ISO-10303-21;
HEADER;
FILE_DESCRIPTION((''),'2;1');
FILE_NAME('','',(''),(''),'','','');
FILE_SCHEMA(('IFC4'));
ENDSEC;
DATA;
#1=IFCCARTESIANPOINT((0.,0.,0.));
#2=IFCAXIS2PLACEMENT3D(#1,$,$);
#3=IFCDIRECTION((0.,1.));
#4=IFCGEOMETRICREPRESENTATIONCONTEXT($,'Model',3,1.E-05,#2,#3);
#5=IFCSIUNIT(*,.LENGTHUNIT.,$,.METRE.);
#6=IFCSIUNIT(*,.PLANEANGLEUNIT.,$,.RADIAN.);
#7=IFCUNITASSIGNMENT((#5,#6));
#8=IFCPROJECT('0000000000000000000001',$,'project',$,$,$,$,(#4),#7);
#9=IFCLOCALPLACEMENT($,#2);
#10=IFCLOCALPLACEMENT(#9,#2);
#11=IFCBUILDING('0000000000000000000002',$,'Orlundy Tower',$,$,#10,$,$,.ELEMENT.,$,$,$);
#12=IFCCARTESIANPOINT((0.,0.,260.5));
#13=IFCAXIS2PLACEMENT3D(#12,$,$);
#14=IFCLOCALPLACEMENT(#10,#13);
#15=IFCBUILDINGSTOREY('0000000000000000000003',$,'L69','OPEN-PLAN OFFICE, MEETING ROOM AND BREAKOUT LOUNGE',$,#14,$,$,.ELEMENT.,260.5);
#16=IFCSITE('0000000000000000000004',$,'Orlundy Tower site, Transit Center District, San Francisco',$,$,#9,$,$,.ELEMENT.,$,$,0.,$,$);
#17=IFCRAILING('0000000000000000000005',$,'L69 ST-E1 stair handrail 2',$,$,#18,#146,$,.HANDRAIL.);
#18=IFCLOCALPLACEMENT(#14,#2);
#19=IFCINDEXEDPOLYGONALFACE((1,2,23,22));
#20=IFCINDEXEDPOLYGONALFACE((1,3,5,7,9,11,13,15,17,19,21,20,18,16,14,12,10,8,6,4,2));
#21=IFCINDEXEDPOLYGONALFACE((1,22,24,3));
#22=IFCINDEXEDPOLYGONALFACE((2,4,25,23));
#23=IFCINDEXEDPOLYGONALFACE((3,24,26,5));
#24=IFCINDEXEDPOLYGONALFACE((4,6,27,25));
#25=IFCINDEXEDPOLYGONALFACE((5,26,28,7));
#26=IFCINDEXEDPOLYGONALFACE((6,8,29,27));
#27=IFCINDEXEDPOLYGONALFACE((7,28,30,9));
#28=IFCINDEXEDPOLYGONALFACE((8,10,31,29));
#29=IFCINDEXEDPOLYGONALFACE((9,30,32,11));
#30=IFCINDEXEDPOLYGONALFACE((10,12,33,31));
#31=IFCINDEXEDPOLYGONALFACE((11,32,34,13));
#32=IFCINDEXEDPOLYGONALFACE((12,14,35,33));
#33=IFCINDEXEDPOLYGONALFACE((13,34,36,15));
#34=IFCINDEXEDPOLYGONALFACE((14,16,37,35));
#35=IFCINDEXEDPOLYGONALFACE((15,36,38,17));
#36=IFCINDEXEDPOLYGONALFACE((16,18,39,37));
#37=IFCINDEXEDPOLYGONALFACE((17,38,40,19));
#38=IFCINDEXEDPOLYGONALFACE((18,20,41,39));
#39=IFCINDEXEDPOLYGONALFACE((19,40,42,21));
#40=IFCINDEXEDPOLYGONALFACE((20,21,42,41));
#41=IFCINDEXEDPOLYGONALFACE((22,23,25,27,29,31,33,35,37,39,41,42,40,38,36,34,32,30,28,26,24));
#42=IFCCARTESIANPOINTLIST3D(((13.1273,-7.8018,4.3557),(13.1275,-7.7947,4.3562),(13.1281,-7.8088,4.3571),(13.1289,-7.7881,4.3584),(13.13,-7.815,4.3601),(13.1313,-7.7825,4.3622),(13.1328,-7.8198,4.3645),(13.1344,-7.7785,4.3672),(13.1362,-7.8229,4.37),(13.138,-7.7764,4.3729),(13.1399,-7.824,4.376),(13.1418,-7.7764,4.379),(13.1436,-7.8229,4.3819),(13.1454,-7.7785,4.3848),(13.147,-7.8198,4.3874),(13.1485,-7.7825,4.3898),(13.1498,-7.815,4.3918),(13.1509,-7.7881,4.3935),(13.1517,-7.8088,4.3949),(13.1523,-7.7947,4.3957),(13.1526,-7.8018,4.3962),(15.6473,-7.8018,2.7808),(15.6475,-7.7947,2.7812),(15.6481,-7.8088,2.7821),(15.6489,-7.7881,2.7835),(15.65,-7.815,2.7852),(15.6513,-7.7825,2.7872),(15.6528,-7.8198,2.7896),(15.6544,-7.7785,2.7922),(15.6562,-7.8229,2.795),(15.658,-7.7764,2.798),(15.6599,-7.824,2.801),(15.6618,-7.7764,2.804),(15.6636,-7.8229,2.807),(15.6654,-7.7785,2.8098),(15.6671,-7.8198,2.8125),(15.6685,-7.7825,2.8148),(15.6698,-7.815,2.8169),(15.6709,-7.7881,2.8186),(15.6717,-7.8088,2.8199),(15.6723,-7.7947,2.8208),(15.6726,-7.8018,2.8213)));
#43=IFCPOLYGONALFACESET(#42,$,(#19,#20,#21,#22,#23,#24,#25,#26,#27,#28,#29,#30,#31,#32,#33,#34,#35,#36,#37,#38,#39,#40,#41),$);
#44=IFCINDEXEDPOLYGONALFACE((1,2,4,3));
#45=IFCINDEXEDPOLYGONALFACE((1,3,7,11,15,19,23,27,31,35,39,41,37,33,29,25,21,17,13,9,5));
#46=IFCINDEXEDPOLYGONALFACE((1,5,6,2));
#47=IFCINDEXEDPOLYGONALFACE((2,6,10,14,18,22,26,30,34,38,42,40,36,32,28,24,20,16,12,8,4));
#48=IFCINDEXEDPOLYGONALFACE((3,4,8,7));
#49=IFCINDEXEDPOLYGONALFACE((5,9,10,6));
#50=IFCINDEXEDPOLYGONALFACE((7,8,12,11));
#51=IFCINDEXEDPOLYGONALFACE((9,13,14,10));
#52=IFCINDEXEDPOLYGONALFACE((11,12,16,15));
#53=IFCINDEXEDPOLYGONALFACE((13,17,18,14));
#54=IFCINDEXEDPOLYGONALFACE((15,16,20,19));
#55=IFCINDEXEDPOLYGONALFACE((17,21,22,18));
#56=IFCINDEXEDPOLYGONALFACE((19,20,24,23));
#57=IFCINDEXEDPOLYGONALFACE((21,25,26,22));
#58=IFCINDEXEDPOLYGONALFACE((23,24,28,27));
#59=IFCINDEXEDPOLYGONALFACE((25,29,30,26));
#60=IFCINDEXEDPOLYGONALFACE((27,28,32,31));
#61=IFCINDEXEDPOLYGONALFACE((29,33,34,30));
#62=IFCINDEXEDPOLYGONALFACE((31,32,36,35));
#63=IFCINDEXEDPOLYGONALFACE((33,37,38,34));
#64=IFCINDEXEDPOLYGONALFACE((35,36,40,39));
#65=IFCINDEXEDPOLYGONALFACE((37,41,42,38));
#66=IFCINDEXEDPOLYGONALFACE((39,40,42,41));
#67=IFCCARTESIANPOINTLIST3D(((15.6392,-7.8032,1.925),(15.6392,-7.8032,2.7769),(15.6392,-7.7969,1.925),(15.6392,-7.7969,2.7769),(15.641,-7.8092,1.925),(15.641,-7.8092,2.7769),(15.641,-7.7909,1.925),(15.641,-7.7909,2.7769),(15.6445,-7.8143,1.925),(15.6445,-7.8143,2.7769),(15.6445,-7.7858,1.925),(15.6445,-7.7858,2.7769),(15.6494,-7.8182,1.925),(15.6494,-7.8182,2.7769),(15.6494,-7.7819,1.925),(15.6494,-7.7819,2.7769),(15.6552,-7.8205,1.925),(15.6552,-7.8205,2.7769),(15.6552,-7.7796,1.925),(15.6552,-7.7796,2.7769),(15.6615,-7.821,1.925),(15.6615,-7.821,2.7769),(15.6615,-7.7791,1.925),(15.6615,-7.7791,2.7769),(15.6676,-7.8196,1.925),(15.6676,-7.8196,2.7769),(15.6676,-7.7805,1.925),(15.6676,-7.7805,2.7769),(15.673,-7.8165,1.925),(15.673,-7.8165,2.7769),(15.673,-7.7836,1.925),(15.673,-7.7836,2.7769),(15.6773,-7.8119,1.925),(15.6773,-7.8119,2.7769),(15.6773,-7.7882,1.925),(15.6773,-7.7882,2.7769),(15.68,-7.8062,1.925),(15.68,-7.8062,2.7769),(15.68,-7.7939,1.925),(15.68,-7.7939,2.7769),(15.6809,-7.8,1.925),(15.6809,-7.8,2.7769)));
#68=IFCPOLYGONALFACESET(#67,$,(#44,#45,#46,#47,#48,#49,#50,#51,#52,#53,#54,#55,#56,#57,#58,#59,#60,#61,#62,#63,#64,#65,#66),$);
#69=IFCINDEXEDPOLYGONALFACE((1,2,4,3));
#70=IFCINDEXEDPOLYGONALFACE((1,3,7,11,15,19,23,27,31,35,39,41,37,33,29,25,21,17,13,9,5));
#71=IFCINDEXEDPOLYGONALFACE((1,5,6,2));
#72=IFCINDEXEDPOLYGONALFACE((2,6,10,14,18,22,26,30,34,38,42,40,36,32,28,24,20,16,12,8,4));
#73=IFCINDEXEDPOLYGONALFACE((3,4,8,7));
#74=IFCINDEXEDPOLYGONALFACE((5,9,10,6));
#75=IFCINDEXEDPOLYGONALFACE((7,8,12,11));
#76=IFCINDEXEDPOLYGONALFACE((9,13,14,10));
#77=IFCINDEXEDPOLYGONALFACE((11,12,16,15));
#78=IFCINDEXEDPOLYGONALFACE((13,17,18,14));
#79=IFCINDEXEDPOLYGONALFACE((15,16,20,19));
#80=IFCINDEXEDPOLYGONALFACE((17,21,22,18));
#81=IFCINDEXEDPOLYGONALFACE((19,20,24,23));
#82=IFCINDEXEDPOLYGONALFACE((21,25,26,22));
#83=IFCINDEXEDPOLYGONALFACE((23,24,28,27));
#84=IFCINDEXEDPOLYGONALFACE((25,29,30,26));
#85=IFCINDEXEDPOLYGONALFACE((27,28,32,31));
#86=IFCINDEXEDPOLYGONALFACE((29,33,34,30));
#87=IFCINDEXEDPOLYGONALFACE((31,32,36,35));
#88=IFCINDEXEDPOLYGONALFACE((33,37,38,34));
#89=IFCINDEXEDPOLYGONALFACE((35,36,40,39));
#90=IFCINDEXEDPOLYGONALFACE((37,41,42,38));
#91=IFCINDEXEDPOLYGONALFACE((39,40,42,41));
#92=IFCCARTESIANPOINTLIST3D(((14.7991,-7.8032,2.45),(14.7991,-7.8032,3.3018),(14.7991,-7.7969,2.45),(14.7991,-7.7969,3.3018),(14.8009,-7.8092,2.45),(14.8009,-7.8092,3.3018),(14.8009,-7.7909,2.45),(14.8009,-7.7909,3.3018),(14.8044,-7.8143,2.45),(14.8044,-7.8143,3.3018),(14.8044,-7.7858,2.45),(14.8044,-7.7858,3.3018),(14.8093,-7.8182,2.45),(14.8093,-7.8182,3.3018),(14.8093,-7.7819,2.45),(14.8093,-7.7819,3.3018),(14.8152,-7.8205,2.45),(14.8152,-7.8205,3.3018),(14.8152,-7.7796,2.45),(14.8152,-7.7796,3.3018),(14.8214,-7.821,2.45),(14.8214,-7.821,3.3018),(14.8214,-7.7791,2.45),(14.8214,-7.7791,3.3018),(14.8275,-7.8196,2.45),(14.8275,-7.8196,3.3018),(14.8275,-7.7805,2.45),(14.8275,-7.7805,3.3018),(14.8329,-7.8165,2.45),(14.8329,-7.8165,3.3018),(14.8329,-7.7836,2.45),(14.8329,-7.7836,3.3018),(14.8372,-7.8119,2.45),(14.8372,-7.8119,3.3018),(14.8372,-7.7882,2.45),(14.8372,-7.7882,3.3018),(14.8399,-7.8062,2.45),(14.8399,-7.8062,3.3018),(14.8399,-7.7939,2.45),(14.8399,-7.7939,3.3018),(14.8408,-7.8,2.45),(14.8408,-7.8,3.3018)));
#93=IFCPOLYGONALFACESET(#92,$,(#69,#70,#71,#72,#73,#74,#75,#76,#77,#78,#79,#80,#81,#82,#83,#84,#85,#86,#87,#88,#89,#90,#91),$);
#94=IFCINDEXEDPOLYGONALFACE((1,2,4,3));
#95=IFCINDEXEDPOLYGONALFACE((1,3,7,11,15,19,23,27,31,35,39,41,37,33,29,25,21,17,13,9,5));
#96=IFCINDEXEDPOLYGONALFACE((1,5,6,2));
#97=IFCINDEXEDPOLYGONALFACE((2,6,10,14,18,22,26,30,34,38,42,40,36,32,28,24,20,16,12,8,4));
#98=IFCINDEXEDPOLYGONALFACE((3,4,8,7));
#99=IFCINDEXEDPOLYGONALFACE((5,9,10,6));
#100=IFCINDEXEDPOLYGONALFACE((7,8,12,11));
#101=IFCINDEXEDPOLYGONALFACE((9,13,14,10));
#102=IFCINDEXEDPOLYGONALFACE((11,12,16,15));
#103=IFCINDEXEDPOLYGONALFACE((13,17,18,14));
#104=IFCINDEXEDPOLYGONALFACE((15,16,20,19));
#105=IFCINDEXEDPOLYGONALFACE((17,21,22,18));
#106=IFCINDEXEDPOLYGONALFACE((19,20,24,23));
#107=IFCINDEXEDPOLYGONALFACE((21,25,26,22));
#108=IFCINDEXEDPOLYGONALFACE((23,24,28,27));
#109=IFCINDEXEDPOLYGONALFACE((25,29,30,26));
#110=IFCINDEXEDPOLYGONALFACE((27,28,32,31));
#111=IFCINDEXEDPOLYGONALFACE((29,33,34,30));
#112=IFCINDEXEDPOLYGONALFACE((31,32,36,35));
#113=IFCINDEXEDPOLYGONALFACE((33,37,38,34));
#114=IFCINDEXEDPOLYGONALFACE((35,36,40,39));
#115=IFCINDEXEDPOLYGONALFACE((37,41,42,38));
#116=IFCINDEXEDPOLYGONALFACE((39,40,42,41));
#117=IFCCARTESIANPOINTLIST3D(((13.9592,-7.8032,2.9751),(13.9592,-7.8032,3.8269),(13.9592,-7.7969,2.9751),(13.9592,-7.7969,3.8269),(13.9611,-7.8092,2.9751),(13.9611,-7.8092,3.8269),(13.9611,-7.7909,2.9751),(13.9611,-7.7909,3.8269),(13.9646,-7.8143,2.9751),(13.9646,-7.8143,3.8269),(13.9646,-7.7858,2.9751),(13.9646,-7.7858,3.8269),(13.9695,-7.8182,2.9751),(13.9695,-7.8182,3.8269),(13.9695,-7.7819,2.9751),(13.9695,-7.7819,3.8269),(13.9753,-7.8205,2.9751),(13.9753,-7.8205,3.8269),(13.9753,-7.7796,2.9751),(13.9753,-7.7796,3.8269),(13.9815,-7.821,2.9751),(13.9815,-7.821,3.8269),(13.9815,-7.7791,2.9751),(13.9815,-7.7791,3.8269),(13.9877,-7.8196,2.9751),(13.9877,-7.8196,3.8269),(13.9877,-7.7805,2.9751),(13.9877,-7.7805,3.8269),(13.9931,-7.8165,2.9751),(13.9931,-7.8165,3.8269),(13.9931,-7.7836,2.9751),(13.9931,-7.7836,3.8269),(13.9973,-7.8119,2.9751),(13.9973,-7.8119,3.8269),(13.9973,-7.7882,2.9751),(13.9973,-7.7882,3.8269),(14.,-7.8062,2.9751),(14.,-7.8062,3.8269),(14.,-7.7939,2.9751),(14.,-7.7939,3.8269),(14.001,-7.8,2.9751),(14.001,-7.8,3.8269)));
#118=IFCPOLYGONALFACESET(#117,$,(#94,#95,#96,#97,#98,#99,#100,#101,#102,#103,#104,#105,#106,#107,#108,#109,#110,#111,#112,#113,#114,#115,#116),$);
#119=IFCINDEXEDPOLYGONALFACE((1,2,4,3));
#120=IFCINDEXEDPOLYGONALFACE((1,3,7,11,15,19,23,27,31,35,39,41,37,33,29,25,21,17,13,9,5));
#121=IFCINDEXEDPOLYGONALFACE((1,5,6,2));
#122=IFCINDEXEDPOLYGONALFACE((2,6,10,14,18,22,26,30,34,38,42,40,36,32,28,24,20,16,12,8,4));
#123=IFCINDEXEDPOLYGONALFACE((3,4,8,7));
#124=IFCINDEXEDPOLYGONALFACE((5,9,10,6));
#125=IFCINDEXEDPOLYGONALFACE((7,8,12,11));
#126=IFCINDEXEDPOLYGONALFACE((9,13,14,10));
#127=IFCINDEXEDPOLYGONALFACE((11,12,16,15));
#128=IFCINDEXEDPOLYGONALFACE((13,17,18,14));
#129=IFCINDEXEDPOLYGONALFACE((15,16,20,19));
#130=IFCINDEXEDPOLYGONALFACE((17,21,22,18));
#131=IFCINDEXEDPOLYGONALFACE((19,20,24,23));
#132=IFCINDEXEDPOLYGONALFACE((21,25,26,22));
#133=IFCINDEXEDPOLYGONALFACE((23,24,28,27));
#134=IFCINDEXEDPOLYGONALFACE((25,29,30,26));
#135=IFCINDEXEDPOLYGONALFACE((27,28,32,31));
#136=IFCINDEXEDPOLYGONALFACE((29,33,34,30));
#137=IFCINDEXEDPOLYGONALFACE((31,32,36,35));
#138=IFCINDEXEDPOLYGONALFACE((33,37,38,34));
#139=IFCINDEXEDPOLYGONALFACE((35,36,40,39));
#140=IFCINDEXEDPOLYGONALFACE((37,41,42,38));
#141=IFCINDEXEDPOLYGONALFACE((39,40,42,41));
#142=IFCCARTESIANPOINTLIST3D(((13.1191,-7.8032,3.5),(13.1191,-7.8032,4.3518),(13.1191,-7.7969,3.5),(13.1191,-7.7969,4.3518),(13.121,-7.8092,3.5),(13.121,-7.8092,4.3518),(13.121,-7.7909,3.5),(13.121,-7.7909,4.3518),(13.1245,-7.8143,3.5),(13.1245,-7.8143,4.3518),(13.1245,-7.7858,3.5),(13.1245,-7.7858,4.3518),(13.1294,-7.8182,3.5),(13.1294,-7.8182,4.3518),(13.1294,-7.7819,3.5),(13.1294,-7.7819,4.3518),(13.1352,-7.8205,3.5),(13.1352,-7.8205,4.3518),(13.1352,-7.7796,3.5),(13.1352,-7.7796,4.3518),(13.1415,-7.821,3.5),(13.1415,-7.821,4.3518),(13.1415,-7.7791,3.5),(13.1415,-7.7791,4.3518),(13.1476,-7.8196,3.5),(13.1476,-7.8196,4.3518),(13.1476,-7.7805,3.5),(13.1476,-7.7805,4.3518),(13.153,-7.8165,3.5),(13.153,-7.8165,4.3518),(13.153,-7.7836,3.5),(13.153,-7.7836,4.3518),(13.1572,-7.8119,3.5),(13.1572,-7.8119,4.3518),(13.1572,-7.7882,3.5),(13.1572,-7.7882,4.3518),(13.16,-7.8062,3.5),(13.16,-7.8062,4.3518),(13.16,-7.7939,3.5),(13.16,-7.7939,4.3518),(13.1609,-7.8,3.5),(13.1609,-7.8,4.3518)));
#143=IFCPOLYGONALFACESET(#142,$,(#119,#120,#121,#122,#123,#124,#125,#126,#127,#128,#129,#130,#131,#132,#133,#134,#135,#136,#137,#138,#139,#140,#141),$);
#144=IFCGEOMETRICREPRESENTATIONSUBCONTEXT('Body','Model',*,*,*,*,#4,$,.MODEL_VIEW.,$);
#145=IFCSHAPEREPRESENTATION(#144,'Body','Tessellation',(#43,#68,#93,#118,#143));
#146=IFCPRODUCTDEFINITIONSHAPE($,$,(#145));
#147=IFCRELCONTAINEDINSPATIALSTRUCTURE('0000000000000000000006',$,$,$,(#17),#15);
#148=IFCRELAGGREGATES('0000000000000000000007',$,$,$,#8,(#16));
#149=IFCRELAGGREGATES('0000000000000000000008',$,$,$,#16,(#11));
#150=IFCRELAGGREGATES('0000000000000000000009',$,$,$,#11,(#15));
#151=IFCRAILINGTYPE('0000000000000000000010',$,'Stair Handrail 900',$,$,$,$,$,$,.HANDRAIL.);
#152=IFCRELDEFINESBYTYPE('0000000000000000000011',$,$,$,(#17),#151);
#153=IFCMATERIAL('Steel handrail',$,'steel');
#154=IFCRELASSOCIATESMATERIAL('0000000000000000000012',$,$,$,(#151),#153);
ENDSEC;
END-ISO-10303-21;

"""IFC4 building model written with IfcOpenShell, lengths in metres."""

from ifc_helpers import new_model, si_unit, direction, frame, origin, origin_2d, place, context, subcontext, project, spatial, circle, extrude, material, type_object, element, save


model = new_model("IFC4")

# Units and contexts
model_context = context("Model", 3, precision=1e-05, world=origin(), true_north=direction((0.0, 1.0)))
body_context = subcontext(model_context, "Body", "Model", "MODEL_VIEW")
ifc_project = project(units=[si_unit("LENGTHUNIT", "METRE"), si_unit("PLANEANGLEUNIT", "RADIAN")], contexts=[model_context])

# Site, building, storey
site_placement = place(None, origin())
site = spatial("IfcSite", under=ifc_project, at=site_placement, Name="Orlundy Tower site, Transit Center District, San Francisco", CompositionType="ELEMENT", RefElevation=0.0)
building_placement = place(site_placement, origin())
building = spatial("IfcBuilding", under=site, at=building_placement, Name="Orlundy Tower", CompositionType="ELEMENT")
storey_placement = place(building_placement, frame((0.0, 0.0, 260.5)))
storey = spatial("IfcBuildingStorey", under=building, at=storey_placement, Name="L69", Description="OPEN-PLAN OFFICE, MEETING ROOM AND BREAKOUT LOUNGE", CompositionType="ELEMENT", Elevation=260.5)

# Railing
ifc_material_1 = material(Name="Steel handrail", Category="steel")
railing_type_1 = type_object("IfcRailingType", Name="Stair Handrail 900", PredefinedType="HANDRAIL", material=ifc_material_1)
railing_1_placement = place(storey_placement, frame((15.6599, -7.8, 1.925)))
element("IfcRailing", 1, at=railing_1_placement, inside=storey, type_object=railing_type_1, Name="L69 ST-E1 stair handrail 2", PredefinedType="HANDRAIL", context=body_context, shape_type="SweptSolid", body=[
    extrude(circle(Radius=0.0239, at=origin_2d()), frame((0.0, 0.0, 0.876), z_axis=(-0.848008, 0.0, 0.529984), x_axis=(0.0, -1.0, 0.0)), (0.0, 0.0, 1.0), 2.9717),
    extrude(circle(Radius=0.021, at=origin_2d()), origin(), (0.0, 0.0, 1.0), 0.8518),
    extrude(circle(Radius=0.021, at=origin_2d()), frame((-0.8401, 0.0, 0.5249)), (0.0, 0.0, 1.0), 0.8518),
    extrude(circle(Radius=0.021, at=origin_2d()), frame((-1.6799, 0.0, 1.05)), (0.0, 0.0, 1.0), 0.8518),
    extrude(circle(Radius=0.021, at=origin_2d()), frame((-2.52, 0.0, 1.575)), (0.0, 0.0, 1.0), 0.8518),
])

save(model, "model.ifc")
